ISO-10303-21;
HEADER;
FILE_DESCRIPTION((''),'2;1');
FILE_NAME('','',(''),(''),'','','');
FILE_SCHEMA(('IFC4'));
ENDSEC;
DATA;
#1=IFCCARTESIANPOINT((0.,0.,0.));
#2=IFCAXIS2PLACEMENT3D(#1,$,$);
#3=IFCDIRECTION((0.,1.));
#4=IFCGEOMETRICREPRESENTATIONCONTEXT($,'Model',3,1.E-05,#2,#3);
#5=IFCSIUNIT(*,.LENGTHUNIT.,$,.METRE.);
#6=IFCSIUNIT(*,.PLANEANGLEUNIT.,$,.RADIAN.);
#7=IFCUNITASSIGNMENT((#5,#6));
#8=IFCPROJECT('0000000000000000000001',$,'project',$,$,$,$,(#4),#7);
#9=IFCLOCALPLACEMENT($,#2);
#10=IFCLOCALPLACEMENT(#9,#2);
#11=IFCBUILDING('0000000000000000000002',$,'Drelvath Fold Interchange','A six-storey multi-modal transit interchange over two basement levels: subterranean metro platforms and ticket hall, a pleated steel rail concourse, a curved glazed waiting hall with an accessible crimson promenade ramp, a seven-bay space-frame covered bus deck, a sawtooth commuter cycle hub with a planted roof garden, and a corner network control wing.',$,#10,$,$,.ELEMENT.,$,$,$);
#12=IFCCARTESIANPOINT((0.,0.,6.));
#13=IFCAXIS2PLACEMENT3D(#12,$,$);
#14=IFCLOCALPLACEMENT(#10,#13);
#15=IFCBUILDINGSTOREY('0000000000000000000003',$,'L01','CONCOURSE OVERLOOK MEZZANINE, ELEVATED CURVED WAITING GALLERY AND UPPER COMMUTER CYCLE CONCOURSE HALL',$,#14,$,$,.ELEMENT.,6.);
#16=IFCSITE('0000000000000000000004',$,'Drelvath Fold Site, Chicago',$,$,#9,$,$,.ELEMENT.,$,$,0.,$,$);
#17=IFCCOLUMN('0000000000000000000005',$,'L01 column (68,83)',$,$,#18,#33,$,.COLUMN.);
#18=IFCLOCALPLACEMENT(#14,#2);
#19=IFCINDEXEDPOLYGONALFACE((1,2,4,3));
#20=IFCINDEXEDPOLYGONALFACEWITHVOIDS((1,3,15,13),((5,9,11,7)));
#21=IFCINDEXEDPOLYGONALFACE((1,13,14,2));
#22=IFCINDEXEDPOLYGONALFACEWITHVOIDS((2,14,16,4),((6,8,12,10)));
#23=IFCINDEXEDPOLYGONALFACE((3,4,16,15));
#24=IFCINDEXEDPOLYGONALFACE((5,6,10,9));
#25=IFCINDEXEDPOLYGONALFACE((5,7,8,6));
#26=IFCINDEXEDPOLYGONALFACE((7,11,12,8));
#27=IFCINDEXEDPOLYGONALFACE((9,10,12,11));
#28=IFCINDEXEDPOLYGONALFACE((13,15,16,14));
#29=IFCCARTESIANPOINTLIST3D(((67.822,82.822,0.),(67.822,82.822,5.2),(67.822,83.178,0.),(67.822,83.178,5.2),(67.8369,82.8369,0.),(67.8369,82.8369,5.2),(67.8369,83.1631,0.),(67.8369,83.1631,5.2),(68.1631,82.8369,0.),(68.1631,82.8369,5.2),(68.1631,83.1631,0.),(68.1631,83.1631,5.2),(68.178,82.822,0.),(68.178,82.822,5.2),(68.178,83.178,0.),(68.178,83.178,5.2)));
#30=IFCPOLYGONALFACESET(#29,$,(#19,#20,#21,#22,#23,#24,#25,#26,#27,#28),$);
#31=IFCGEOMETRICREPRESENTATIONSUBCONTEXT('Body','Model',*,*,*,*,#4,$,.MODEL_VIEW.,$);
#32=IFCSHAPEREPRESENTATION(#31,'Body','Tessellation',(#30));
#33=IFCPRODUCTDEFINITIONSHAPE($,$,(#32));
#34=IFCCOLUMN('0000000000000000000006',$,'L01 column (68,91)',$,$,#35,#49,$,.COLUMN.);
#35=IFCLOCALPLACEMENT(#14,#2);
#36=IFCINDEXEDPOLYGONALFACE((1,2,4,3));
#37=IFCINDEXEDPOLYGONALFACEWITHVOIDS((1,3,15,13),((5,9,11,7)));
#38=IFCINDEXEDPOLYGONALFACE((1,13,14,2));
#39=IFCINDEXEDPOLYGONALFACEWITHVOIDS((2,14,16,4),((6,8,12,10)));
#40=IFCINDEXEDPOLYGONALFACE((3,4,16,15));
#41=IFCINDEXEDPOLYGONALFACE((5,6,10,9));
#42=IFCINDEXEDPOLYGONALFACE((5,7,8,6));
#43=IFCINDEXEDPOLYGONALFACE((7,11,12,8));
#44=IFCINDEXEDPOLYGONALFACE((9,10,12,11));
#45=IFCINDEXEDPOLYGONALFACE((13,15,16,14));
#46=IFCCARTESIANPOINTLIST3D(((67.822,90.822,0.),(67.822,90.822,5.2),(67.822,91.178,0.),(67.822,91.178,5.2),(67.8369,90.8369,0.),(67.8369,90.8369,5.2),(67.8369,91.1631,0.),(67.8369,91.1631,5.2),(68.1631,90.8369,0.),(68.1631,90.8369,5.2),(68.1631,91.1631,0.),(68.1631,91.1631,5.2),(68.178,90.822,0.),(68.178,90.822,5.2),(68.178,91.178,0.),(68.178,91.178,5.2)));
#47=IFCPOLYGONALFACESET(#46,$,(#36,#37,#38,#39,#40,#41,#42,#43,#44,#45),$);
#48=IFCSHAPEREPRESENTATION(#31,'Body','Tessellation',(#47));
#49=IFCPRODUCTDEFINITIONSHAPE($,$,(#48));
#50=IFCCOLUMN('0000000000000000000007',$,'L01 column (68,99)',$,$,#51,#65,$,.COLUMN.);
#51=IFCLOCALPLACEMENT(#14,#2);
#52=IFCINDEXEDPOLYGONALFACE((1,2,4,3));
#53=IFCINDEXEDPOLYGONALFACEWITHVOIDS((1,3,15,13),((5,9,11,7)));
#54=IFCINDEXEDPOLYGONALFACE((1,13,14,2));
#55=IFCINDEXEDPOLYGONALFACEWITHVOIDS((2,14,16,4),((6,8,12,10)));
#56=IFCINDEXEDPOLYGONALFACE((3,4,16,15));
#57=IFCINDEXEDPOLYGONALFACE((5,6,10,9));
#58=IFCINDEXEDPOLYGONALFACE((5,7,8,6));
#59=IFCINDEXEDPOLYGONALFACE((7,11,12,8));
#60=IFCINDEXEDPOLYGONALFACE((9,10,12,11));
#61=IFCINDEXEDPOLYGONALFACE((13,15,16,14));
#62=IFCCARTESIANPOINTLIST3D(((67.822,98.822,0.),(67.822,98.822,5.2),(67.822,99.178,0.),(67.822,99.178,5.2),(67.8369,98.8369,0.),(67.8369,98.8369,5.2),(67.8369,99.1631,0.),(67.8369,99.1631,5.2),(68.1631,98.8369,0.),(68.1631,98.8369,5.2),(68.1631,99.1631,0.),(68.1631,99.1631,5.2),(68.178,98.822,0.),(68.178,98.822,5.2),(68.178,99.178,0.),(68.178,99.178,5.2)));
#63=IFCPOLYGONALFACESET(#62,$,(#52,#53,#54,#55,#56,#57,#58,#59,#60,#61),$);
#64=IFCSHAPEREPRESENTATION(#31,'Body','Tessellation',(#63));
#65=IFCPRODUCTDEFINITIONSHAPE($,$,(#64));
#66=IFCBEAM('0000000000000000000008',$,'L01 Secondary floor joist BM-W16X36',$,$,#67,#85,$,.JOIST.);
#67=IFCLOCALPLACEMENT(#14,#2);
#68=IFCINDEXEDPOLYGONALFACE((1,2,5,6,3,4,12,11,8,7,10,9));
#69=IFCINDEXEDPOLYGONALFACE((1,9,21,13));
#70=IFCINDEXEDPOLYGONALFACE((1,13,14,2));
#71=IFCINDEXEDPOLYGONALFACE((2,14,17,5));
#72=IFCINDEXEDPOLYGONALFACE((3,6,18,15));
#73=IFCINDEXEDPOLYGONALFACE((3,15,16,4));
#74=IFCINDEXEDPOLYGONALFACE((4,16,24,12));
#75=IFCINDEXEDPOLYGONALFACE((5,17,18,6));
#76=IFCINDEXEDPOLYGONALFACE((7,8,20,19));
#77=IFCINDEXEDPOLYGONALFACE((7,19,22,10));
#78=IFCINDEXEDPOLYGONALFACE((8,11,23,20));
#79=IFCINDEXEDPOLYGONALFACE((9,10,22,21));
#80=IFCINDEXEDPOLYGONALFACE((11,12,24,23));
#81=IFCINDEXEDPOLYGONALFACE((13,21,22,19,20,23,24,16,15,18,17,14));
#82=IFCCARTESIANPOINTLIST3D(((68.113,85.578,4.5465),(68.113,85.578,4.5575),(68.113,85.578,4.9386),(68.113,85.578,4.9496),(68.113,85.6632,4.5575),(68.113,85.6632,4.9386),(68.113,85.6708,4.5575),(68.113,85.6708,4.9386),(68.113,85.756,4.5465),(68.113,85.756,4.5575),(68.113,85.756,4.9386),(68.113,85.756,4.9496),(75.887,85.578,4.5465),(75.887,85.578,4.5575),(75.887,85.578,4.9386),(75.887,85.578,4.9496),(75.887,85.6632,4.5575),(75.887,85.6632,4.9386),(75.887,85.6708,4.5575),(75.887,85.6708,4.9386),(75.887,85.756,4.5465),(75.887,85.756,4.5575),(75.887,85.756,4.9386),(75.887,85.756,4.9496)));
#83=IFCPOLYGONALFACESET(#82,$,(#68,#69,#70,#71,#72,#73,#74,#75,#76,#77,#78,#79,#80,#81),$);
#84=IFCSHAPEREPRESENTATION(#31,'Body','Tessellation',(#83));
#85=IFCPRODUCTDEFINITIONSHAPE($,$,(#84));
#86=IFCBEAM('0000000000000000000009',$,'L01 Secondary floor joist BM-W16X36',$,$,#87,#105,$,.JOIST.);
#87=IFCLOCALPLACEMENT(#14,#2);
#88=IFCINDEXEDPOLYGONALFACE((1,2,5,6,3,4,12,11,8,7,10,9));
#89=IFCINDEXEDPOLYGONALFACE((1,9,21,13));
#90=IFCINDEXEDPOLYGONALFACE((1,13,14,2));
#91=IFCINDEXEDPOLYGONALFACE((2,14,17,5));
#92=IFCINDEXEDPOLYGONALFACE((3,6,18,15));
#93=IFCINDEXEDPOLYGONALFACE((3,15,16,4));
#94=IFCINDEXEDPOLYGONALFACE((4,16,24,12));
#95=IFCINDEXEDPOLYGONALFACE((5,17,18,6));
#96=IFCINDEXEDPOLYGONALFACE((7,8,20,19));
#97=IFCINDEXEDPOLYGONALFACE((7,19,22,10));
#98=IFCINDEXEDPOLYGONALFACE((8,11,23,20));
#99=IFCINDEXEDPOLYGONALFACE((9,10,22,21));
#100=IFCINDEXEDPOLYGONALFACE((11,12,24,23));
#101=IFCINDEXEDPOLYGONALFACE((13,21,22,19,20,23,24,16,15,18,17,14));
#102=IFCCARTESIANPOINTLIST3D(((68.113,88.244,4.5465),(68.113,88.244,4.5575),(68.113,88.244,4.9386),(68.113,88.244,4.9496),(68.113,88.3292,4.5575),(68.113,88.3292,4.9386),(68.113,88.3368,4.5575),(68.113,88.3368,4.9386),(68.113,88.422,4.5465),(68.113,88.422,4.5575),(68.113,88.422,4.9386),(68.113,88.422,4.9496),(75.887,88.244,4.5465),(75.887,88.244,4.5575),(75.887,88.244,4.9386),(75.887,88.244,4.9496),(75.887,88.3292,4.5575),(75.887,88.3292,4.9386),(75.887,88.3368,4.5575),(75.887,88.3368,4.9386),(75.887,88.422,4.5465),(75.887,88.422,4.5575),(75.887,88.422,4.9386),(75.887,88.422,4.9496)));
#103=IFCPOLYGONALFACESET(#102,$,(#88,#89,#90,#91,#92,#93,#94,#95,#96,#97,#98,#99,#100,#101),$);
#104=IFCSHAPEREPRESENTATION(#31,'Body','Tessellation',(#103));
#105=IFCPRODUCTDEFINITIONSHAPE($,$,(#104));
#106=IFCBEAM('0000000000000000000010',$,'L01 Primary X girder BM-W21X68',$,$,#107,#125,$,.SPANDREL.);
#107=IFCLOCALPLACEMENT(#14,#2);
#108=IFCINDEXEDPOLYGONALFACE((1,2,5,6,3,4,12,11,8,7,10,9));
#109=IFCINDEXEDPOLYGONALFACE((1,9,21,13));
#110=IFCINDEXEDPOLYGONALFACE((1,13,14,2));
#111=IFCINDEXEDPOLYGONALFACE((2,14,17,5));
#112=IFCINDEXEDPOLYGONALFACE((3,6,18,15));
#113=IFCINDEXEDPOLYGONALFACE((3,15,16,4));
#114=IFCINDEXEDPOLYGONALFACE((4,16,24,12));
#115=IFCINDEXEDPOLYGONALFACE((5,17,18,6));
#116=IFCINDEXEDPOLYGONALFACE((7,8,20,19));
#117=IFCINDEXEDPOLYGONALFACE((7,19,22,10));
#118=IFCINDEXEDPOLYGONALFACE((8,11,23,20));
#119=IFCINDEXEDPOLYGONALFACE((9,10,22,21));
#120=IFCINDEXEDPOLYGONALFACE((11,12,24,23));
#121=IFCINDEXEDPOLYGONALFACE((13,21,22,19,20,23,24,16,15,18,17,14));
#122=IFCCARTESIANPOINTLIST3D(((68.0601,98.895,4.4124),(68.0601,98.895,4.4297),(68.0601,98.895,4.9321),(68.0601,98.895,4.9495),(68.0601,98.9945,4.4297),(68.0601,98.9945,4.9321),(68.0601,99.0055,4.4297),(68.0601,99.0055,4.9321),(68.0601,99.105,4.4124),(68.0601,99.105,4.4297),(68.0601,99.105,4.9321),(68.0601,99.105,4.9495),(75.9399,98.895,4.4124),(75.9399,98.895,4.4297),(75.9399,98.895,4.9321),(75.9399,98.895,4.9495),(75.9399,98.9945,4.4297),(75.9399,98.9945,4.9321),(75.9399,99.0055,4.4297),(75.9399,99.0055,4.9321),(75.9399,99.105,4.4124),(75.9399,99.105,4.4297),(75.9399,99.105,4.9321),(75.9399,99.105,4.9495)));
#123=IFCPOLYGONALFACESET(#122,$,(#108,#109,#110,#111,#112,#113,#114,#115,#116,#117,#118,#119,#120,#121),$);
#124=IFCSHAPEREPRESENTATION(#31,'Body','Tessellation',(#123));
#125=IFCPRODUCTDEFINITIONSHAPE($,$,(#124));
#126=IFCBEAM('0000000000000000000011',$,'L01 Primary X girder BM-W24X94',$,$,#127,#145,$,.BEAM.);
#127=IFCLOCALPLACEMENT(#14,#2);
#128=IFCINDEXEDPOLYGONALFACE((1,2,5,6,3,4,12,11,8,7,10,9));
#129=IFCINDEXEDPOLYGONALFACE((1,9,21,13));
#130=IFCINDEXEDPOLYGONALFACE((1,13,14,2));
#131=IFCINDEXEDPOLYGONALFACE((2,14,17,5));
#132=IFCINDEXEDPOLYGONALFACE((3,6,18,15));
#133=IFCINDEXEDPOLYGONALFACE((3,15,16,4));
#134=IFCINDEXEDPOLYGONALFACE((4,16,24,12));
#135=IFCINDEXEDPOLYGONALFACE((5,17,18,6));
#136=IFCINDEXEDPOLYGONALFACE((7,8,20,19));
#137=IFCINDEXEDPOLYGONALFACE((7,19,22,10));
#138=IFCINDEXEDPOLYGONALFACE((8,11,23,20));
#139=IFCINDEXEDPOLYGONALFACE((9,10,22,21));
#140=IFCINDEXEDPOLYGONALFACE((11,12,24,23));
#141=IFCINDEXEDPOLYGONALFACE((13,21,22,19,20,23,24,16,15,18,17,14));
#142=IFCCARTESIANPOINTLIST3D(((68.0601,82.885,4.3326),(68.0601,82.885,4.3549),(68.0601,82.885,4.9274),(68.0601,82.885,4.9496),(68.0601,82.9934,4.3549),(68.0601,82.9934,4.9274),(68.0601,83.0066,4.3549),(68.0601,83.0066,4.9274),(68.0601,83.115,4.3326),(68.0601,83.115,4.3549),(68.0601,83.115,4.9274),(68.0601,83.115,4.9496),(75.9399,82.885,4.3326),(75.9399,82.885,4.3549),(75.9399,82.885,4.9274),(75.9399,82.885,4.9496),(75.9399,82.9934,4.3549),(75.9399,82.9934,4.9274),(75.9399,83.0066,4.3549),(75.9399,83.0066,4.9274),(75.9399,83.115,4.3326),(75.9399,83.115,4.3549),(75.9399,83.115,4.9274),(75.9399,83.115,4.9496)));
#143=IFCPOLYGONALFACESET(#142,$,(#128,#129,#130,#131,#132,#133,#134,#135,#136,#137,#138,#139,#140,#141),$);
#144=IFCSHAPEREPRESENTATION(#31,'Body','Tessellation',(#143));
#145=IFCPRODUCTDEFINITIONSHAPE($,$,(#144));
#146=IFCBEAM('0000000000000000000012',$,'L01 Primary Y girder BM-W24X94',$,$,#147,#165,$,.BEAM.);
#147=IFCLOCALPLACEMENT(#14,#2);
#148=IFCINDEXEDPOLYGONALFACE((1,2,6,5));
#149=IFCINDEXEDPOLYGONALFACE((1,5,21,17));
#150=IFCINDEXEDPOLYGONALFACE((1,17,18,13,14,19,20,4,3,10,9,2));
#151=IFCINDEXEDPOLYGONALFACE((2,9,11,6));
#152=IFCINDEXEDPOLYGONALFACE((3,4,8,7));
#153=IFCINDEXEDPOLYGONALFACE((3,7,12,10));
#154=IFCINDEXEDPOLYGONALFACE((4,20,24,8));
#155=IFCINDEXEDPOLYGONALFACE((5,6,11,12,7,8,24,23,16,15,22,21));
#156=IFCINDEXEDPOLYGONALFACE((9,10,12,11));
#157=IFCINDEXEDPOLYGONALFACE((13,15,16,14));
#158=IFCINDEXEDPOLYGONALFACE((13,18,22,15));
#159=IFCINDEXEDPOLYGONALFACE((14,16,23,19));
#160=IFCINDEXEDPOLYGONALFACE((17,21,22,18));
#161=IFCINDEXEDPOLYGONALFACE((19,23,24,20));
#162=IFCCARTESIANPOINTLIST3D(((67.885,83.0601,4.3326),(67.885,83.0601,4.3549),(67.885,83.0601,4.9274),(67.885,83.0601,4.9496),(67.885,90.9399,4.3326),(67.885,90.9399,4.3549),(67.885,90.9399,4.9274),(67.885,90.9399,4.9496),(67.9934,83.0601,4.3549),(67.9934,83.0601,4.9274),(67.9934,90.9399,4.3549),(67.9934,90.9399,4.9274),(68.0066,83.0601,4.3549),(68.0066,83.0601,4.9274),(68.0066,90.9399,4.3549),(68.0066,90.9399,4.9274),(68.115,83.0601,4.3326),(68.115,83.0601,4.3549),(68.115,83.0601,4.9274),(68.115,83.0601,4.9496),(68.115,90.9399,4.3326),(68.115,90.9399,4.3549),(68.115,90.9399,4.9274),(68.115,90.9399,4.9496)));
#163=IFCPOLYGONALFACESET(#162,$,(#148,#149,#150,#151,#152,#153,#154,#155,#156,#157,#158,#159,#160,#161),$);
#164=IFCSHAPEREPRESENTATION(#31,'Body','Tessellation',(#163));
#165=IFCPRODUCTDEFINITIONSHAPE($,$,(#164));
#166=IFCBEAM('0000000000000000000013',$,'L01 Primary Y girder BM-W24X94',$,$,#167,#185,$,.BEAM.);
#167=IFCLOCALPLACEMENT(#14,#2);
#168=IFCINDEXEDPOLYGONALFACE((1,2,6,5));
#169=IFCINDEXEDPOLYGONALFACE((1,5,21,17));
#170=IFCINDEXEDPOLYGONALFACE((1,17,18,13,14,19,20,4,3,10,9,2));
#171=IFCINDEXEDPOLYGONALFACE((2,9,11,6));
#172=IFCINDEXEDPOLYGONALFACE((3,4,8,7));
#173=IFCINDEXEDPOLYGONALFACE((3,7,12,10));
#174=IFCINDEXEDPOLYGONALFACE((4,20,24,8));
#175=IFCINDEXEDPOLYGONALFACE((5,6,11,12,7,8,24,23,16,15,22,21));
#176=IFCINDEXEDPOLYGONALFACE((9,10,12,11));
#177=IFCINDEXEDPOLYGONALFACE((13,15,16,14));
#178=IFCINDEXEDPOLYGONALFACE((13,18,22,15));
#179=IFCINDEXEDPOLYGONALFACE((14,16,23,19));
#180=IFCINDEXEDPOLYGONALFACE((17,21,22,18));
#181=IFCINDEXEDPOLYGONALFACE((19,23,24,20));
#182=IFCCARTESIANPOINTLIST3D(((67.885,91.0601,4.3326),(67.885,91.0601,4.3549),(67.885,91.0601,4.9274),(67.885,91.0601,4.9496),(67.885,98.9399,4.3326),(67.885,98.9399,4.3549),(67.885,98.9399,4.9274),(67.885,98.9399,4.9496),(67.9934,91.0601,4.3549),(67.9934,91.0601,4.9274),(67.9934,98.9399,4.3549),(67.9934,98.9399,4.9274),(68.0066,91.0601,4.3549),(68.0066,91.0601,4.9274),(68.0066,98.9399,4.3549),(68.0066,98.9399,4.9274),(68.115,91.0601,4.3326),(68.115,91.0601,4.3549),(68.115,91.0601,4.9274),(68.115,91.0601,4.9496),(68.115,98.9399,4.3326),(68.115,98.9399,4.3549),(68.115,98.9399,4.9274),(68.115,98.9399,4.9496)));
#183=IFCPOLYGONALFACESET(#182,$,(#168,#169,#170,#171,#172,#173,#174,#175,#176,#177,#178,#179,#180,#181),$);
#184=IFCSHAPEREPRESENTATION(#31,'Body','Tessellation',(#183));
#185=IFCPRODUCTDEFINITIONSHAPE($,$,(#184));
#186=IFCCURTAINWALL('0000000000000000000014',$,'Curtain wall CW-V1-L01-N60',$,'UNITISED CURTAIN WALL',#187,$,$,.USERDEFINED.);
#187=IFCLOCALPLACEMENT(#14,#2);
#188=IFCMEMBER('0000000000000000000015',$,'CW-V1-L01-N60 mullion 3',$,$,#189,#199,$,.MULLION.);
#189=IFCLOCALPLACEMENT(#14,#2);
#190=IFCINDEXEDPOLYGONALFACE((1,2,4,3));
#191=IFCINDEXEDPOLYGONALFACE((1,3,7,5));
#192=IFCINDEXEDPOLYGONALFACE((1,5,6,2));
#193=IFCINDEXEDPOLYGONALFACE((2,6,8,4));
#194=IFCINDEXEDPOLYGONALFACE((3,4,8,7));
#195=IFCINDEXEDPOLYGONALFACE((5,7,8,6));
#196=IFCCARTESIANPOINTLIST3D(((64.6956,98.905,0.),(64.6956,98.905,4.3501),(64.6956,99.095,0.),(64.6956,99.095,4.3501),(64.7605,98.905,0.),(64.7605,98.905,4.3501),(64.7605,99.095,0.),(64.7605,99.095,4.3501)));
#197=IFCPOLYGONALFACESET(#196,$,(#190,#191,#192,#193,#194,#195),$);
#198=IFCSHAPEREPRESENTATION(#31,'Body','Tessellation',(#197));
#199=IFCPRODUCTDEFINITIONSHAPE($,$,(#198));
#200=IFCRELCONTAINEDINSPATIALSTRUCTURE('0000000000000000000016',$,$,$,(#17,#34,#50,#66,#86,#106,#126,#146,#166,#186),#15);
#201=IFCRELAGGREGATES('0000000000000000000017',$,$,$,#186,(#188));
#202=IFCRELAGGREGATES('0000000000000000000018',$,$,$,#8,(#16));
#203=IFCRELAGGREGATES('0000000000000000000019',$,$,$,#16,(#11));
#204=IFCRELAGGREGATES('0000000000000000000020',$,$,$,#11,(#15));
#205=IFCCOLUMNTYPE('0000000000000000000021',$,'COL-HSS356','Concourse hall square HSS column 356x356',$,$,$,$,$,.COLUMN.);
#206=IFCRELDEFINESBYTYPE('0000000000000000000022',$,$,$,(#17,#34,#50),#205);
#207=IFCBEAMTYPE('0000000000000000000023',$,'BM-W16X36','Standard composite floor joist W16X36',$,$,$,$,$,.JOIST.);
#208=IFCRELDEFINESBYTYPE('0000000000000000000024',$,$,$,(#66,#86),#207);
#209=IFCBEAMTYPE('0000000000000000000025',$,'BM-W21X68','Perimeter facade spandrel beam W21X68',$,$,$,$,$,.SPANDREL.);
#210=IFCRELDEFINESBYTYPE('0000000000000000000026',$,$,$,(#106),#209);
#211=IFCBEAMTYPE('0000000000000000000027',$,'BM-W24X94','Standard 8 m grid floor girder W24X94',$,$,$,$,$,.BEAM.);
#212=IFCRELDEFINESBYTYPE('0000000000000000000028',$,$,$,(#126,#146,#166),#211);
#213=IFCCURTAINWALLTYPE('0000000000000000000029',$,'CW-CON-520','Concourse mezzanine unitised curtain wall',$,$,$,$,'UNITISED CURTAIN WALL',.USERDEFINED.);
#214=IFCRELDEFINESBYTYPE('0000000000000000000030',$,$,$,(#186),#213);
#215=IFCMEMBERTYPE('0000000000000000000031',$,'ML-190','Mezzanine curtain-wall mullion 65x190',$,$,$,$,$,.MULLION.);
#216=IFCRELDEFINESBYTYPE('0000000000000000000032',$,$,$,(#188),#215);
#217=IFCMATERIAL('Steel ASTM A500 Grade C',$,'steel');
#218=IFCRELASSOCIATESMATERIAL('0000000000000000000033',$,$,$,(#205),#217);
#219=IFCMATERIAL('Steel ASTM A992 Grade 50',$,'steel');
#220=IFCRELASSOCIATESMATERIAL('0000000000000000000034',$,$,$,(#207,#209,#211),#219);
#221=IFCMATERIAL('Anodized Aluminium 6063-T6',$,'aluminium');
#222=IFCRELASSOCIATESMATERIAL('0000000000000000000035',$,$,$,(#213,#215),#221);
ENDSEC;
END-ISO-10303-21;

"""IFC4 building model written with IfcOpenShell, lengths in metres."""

from ifc_helpers import new_model, si_unit, direction, frame, origin, origin_2d, place, context, subcontext, project, spatial, rectangle, hollow_rectangle, i_section, extrude, material, material_profile, profile_set, type_object, element, aggregate, save


model = new_model("IFC4")

# Units and contexts
model_context = context("Model", 3, precision=1e-05, world=origin(), true_north=direction((0.0, 1.0)))
body_context = subcontext(model_context, "Body", "Model", "MODEL_VIEW")
ifc_project = project(units=[si_unit("LENGTHUNIT", "METRE"), si_unit("PLANEANGLEUNIT", "RADIAN")], contexts=[model_context])

# Site, building, storey
site_placement = place(None, origin())
site = spatial("IfcSite", under=ifc_project, at=site_placement, Name="Drelvath Fold Site, Chicago", CompositionType="ELEMENT", RefElevation=0.0)
building_placement = place(site_placement, origin())
building = spatial("IfcBuilding", under=site, at=building_placement, Name="Drelvath Fold Interchange", Description="A six-storey multi-modal transit interchange over two basement levels: subterranean metro platforms and ticket hall, a pleated steel rail concourse, a curved glazed waiting hall with an accessible crimson promenade ramp, a seven-bay space-frame covered bus deck, a sawtooth commuter cycle hub with a planted roof garden, and a corner network control wing.", CompositionType="ELEMENT")
storey_placement = place(building_placement, frame((0.0, 0.0, 6.0)))
storey = spatial("IfcBuildingStorey", under=building, at=storey_placement, Name="L01", Description="CONCOURSE OVERLOOK MEZZANINE, ELEVATED CURVED WAITING GALLERY AND UPPER COMMUTER CYCLE CONCOURSE HALL", CompositionType="ELEMENT", Elevation=6.0)

# Columns
ifc_material_1 = material(Name="Steel ASTM A500 Grade C", Category="steel")
ifc_material_profile_1 = material_profile(ifc_material_1, hollow_rectangle(XDim=0.356, YDim=0.356, WallThickness=0.0149, at=origin_2d()), Name="HSS14X14X5/8")
ifc_profile_set_1 = profile_set([ifc_material_profile_1], Name="Steel ASTM A500 Grade C")
column_type = type_object("IfcColumnType", Name="COL-HSS356", Description="Concourse hall square HSS column 356x356", PredefinedType="COLUMN", material=ifc_profile_set_1)
for number, where, z_axis, x_axis, name in (
    (1, (68.0, 83.0, 0.0), (0.0, 0.0, 1.0), (1.0, 0.0, 0.0), "L01 column (68,83)"),
    (2, (68.0, 91.0, 0.0), (0.0, 0.0, 1.0), (1.0, 0.0, 0.0), "L01 column (68,91)"),
    (3, (68.0, 99.0, 0.0), (0.0, 0.0, 1.0), (1.0, 0.0, 0.0), "L01 column (68,99)"),
):
    element("IfcColumn", number, at=place(storey_placement, frame(where, z_axis=z_axis, x_axis=x_axis)), inside=storey, type_object=column_type, Name=name, PredefinedType="COLUMN", context=body_context, shape_type="SweptSolid", body=[
        extrude(hollow_rectangle(XDim=0.356, YDim=0.356, WallThickness=0.0149, at=origin_2d()), origin(), (0.0, 0.0, 1.0), 5.2),
    ])

# Beams
ifc_material_2 = material(Name="Steel ASTM A992 Grade 50", Category="steel")
ifc_material_profile_2 = material_profile(ifc_material_2, i_section(OverallWidth=0.178, OverallDepth=0.4031, WebThickness=0.0076, FlangeThickness=0.011, at=origin_2d()), Name="W16X36")
ifc_profile_set_2 = profile_set([ifc_material_profile_2], Name="Steel ASTM A992 Grade 50")
beam_type_1 = type_object("IfcBeamType", Name="BM-W16X36", Description="Standard composite floor joist W16X36", PredefinedType="JOIST", material=ifc_profile_set_2)
for number, where, z_axis, x_axis, name in (
    (4, (68.113, 85.667, 4.748), (1.0, 0.0, 0.0), (0.0, 1.0, 0.0), "L01 Secondary floor joist BM-W16X36"),
    (5, (68.113, 88.333, 4.748), (1.0, 0.0, 0.0), (0.0, 1.0, 0.0), "L01 Secondary floor joist BM-W16X36"),
):
    element("IfcBeam", number, at=place(storey_placement, frame(where, z_axis=z_axis, x_axis=x_axis)), inside=storey, type_object=beam_type_1, Name=name, PredefinedType="JOIST", context=body_context, shape_type="SweptSolid", body=[
        extrude(i_section(OverallWidth=0.178, OverallDepth=0.4031, WebThickness=0.0076, FlangeThickness=0.011, at=origin_2d()), origin(), (0.0, 0.0, 1.0), 7.7739),
    ])
ifc_material_profile_3 = material_profile(ifc_material_2, i_section(OverallWidth=0.21, OverallDepth=0.5371, WebThickness=0.011, FlangeThickness=0.0173, at=origin_2d()), Name="W21X68")
ifc_profile_set_3 = profile_set([ifc_material_profile_3], Name="Steel ASTM A992 Grade 50")
beam_type_2 = type_object("IfcBeamType", Name="BM-W21X68", Description="Perimeter facade spandrel beam W21X68", PredefinedType="SPANDREL", material=ifc_profile_set_3)
beam_placement = place(storey_placement, frame((68.0601, 99.0, 4.6809), z_axis=(1.0, 0.0, 0.0), x_axis=(0.0, 1.0, 0.0)))
element("IfcBeam", 6, at=beam_placement, inside=storey, type_object=beam_type_2, Name="L01 Primary X girder BM-W21X68", PredefinedType="SPANDREL", context=body_context, shape_type="SweptSolid", body=[
    extrude(i_section(OverallWidth=0.21, OverallDepth=0.5371, WebThickness=0.011, FlangeThickness=0.0173, at=origin_2d()), origin(), (0.0, 0.0, 1.0), 7.8799),
])
ifc_material_profile_4 = material_profile(ifc_material_2, i_section(OverallWidth=0.23, OverallDepth=0.6169, WebThickness=0.0132, FlangeThickness=0.0222, at=origin_2d()), Name="W24X94")
ifc_profile_set_4 = profile_set([ifc_material_profile_4], Name="Steel ASTM A992 Grade 50")
beam_type_3 = type_object("IfcBeamType", Name="BM-W24X94", Description="Standard 8 m grid floor girder W24X94", PredefinedType="BEAM", material=ifc_profile_set_4)
for number, where, z_axis, x_axis, name in (
    (7, (68.0601, 83.0, 4.6411), (1.0, 0.0, 0.0), (0.0, 1.0, 0.0), "L01 Primary X girder BM-W24X94"),
    (8, (68.0, 83.0601, 4.6411), (0.0, 1.0, 0.0), (-1.0, 0.0, 0.0), "L01 Primary Y girder BM-W24X94"),
    (9, (68.0, 91.0601, 4.6411), (0.0, 1.0, 0.0), (-1.0, 0.0, 0.0), "L01 Primary Y girder BM-W24X94"),
):
    element("IfcBeam", number, at=place(storey_placement, frame(where, z_axis=z_axis, x_axis=x_axis)), inside=storey, type_object=beam_type_3, Name=name, PredefinedType="BEAM", context=body_context, shape_type="SweptSolid", body=[
        extrude(i_section(OverallWidth=0.23, OverallDepth=0.6169, WebThickness=0.0132, FlangeThickness=0.0222, at=origin_2d()), origin(), (0.0, 0.0, 1.0), 7.8799),
    ])

# Curtain wall, member
ifc_material_3 = material(Name="Anodized Aluminium 6063-T6", Category="aluminium")
curtain_wall_type = type_object("IfcCurtainWallType", Name="CW-CON-520", Description="Concourse mezzanine unitised curtain wall", ElementType="UNITISED CURTAIN WALL", PredefinedType="USERDEFINED", material=ifc_material_3)
curtain_wall_placement = place(storey_placement, origin())
curtain_wall = element("IfcCurtainWall", 10, at=curtain_wall_placement, inside=storey, type_object=curtain_wall_type, Name="Curtain wall CW-V1-L01-N60", ObjectType="UNITISED CURTAIN WALL", PredefinedType="USERDEFINED")
ifc_material_profile_5 = material_profile(ifc_material_3, rectangle(XDim=0.0649, YDim=0.1899, at=origin_2d()), Name="AL-M 65x190")
ifc_profile_set_5 = profile_set([ifc_material_profile_5], Name="Anodized Aluminium 6063-T6")
member_type = type_object("IfcMemberType", Name="ML-190", Description="Mezzanine curtain-wall mullion 65x190", PredefinedType="MULLION", material=ifc_profile_set_5)
member_1_placement = place(storey_placement, frame((64.728, 99.0, 0.0), z_axis=(0.0, 0.0, 1.0), x_axis=(1.0, 0.0, 0.0)))
member_1 = element("IfcMember", 11, at=member_1_placement, type_object=member_type, Name="CW-V1-L01-N60 mullion 3", PredefinedType="MULLION", context=body_context, shape_type="SweptSolid", body=[
    extrude(rectangle(XDim=0.0649, YDim=0.1899, at=origin_2d()), origin(), (0.0, 0.0, 1.0), 4.3501),
])
aggregate(curtain_wall, [member_1])

save(model, "model.ifc")
